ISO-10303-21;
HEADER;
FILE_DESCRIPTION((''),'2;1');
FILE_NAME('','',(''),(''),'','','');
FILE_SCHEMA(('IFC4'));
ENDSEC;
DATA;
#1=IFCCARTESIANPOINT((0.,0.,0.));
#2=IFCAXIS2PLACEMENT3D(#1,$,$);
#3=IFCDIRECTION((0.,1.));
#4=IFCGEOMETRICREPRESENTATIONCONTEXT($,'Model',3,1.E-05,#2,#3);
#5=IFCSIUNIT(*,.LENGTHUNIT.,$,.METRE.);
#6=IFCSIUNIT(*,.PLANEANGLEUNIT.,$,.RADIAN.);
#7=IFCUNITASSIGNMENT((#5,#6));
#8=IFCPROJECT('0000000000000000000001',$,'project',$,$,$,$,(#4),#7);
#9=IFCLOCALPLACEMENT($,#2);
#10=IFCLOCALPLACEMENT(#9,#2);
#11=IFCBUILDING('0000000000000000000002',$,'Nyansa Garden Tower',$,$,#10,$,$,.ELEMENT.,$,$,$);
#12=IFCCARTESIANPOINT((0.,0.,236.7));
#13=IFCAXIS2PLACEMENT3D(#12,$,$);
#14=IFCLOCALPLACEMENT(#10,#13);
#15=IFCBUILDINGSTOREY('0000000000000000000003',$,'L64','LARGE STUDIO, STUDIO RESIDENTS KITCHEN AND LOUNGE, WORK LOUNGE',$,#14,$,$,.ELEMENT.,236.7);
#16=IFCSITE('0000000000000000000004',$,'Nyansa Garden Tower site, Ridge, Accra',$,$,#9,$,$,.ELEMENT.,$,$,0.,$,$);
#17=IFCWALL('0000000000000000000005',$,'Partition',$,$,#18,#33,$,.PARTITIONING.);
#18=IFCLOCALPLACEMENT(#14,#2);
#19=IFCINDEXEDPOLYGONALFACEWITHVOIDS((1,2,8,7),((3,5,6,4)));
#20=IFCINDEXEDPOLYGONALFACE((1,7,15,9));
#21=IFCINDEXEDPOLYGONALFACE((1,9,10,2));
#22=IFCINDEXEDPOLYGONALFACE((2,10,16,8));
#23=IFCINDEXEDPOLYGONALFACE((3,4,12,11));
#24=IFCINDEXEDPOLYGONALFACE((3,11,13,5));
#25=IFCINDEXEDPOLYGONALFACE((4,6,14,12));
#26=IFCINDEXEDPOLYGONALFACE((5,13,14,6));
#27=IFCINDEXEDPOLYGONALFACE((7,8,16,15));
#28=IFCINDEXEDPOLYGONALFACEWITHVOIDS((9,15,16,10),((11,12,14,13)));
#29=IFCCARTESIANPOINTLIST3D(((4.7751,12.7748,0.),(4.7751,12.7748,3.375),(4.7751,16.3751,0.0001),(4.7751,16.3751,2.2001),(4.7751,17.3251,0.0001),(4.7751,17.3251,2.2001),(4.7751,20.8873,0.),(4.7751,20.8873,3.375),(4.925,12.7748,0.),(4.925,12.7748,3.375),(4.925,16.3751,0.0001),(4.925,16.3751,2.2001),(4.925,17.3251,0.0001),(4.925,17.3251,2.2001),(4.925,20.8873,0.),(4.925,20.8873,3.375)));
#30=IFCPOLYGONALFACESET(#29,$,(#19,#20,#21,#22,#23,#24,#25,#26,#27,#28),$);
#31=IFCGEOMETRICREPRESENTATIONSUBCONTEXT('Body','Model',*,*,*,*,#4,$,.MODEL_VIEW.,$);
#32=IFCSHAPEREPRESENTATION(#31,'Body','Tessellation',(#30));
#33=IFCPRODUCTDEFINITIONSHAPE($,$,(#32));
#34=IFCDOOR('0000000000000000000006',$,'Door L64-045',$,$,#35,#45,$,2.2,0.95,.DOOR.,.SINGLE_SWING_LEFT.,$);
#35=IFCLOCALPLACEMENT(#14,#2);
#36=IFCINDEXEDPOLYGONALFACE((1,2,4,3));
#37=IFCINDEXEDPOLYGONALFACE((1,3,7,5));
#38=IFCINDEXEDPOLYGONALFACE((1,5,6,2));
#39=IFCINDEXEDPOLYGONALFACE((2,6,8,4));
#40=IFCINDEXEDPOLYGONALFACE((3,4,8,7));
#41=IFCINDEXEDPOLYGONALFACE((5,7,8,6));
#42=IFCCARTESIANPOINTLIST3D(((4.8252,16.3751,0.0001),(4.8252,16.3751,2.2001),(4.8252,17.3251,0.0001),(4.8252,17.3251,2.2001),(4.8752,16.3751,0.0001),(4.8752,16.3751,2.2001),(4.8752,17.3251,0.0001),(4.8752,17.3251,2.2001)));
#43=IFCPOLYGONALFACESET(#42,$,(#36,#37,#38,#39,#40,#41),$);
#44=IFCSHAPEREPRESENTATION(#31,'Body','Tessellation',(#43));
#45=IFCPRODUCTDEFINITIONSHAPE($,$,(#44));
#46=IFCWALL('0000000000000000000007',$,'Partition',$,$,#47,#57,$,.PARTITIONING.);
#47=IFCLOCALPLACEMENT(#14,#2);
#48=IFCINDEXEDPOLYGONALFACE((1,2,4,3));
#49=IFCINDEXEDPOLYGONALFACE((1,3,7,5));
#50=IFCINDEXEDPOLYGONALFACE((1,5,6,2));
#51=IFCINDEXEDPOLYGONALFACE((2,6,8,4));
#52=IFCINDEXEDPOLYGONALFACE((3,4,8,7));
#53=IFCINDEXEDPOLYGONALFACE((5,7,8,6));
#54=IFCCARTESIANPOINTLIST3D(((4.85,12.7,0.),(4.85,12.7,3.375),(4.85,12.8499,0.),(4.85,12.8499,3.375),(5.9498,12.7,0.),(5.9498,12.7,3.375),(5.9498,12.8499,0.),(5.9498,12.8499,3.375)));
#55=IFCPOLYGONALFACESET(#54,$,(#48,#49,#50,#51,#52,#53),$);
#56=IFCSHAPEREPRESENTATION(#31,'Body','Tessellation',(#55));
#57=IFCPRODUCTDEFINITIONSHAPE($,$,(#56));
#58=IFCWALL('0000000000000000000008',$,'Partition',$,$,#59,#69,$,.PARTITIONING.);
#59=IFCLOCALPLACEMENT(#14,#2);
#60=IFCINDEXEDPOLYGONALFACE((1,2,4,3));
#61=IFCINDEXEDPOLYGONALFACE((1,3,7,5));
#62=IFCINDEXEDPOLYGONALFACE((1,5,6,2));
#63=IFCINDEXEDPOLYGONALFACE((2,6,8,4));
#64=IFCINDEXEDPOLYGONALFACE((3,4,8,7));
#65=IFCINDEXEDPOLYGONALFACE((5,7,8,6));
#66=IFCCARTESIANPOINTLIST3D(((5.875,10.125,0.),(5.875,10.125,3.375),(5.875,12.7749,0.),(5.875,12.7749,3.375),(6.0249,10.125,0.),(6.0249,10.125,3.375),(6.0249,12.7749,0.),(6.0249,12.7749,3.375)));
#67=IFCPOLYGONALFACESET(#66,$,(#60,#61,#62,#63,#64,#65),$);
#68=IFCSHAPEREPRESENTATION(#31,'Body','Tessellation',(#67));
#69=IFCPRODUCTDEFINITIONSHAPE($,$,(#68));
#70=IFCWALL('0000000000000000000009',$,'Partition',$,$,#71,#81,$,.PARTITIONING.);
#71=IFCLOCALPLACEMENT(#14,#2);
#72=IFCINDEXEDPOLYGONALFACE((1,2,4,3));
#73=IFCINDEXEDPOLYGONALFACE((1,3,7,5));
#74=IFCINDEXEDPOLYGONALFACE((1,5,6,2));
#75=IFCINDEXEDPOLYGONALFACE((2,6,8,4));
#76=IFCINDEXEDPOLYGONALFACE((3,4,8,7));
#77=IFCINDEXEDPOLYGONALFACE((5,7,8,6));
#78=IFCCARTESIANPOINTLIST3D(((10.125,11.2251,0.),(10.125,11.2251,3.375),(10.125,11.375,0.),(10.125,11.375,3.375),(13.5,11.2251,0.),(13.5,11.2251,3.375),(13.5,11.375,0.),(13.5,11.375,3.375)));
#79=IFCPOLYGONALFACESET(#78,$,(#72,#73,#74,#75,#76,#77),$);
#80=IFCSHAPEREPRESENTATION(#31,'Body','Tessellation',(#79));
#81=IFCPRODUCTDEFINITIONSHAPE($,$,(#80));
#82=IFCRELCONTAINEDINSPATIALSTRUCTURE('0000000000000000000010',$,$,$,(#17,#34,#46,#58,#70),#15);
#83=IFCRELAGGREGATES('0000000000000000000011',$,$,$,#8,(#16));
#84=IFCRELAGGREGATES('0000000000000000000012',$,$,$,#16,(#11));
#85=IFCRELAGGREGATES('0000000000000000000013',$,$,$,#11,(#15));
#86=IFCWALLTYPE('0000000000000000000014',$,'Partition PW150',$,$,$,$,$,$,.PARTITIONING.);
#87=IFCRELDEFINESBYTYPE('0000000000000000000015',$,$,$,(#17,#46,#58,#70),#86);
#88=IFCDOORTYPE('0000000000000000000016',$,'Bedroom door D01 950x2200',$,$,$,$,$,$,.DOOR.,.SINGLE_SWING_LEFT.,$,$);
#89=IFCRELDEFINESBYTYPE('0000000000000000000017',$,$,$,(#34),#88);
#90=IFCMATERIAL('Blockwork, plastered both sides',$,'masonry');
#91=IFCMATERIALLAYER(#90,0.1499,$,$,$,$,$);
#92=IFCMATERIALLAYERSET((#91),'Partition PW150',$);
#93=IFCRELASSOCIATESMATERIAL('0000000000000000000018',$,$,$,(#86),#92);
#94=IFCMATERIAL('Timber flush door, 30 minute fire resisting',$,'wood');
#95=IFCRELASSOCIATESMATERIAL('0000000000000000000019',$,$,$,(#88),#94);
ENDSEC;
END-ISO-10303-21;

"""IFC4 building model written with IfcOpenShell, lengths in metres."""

from ifc_helpers import new_model, si_unit, direction, frame, frame_2d, origin, place, context, subcontext, project, spatial, rectangle, extrude, material, layer, layer_set, type_object, element, fill, save


model = new_model("IFC4")

# Units and contexts
model_context = context("Model", 3, precision=1e-05, world=origin(), true_north=direction((0.0, 1.0)))
body_context = subcontext(model_context, "Body", "Model", "MODEL_VIEW")
ifc_project = project(units=[si_unit("LENGTHUNIT", "METRE"), si_unit("PLANEANGLEUNIT", "RADIAN")], contexts=[model_context])

# Site, building, storey
site_placement = place(None, origin())
site = spatial("IfcSite", under=ifc_project, at=site_placement, Name="Nyansa Garden Tower site, Ridge, Accra", CompositionType="ELEMENT", RefElevation=0.0)
building_placement = place(site_placement, origin())
building = spatial("IfcBuilding", under=site, at=building_placement, Name="Nyansa Garden Tower", CompositionType="ELEMENT")
storey_placement = place(building_placement, frame((0.0, 0.0, 236.7)))
storey = spatial("IfcBuildingStorey", under=building, at=storey_placement, Name="L64", Description="LARGE STUDIO, STUDIO RESIDENTS KITCHEN AND LOUNGE, WORK LOUNGE", CompositionType="ELEMENT", Elevation=236.7)

# Wall, opening, door
ifc_material_1 = material(Name="Blockwork, plastered both sides", Category="masonry")
ifc_layer = layer(ifc_material_1, 0.1499)
ifc_layer_set = layer_set([ifc_layer], Name="Partition PW150")
wall_type = type_object("IfcWallType", Name="Partition PW150", PredefinedType="PARTITIONING", material=ifc_layer_set)
wall_1_placement = place(storey_placement, frame((4.8501, 12.7749, 0.0), z_axis=(0.0, 0.0, 1.0), x_axis=(0.0, 1.0, 0.0)))
wall_1 = element("IfcWall", 1, at=wall_1_placement, inside=storey, type_object=wall_type, Name="Partition", PredefinedType="PARTITIONING", context=body_context, shape_type="SweptSolid", body=[
    extrude(rectangle(XDim=8.1125, YDim=0.1499, at=frame_2d((4.0562, 0.0))), origin(), (0.0, 0.0, 1.0), 3.375),
])
opening_placement = place(wall_1_placement, frame((3.6001, 0.0, 0.0)))
opening = element("IfcOpeningElement", 2, at=opening_placement, cuts=wall_1, PredefinedType="OPENING", context=body_context, shape_type="SweptSolid", body=[
    extrude(rectangle(XDim=0.95, YDim=2.2, at=frame_2d((0.4751, 1.1001))), frame((0.0, 0.085, 0.0), z_axis=(0.0, -1.0, 0.0), x_axis=(1.0, 0.0, 0.0)), (0.0, 0.0, 1.0), 0.1699),
])
ifc_material_2 = material(Name="Timber flush door, 30 minute fire resisting", Category="wood")
door_type = type_object("IfcDoorType", Name="Bedroom door D01 950x2200", OperationType="SINGLE_SWING_LEFT", PredefinedType="DOOR", material=ifc_material_2)
door_placement = place(opening_placement, origin())
door = element("IfcDoor", 3, at=door_placement, inside=storey, type_object=door_type, Name="Door L64-045", OperationType="SINGLE_SWING_LEFT", OverallHeight=2.2, OverallWidth=0.95, PredefinedType="DOOR", context=body_context, shape_type="SweptSolid", body=[
    extrude(rectangle(XDim=0.95, YDim=2.2, at=frame_2d((0.4751, 1.1001))), frame((0.0, 0.0249, 0.0), z_axis=(0.0, -1.0, 0.0), x_axis=(1.0, 0.0, 0.0)), (0.0, 0.0, 1.0), 0.05),
])
fill(opening, door)

# Walls
wall_2_placement = place(storey_placement, frame((4.8501, 12.7749, 0.0), z_axis=(0.0, 0.0, 1.0), x_axis=(1.0, 0.0, 0.0)))
element("IfcWall", 4, at=wall_2_placement, inside=storey, type_object=wall_type, Name="Partition", PredefinedType="PARTITIONING", context=body_context, shape_type="SweptSolid", body=[
    extrude(rectangle(XDim=1.0999, YDim=0.1499, at=frame_2d((0.5498, 0.0))), origin(), (0.0, 0.0, 1.0), 3.375),
])
wall_3_placement = place(storey_placement, frame((5.95, 10.125, 0.0), z_axis=(0.0, 0.0, 1.0), x_axis=(0.0, 1.0, 0.0)))
element("IfcWall", 5, at=wall_3_placement, inside=storey, type_object=wall_type, Name="Partition", PredefinedType="PARTITIONING", context=body_context, shape_type="SweptSolid", body=[
    extrude(rectangle(XDim=2.6499, YDim=0.1499, at=frame_2d((1.325, 0.0))), origin(), (0.0, 0.0, 1.0), 3.375),
])
wall_4_placement = place(storey_placement, frame((10.125, 11.3, 0.0), z_axis=(0.0, 0.0, 1.0), x_axis=(1.0, 0.0, 0.0)))
element("IfcWall", 6, at=wall_4_placement, inside=storey, type_object=wall_type, Name="Partition", PredefinedType="PARTITIONING", context=body_context, shape_type="SweptSolid", body=[
    extrude(rectangle(XDim=3.375, YDim=0.1499, at=frame_2d((1.6875, 0.0))), origin(), (0.0, 0.0, 1.0), 3.375),
])

save(model, "model.ifc")
